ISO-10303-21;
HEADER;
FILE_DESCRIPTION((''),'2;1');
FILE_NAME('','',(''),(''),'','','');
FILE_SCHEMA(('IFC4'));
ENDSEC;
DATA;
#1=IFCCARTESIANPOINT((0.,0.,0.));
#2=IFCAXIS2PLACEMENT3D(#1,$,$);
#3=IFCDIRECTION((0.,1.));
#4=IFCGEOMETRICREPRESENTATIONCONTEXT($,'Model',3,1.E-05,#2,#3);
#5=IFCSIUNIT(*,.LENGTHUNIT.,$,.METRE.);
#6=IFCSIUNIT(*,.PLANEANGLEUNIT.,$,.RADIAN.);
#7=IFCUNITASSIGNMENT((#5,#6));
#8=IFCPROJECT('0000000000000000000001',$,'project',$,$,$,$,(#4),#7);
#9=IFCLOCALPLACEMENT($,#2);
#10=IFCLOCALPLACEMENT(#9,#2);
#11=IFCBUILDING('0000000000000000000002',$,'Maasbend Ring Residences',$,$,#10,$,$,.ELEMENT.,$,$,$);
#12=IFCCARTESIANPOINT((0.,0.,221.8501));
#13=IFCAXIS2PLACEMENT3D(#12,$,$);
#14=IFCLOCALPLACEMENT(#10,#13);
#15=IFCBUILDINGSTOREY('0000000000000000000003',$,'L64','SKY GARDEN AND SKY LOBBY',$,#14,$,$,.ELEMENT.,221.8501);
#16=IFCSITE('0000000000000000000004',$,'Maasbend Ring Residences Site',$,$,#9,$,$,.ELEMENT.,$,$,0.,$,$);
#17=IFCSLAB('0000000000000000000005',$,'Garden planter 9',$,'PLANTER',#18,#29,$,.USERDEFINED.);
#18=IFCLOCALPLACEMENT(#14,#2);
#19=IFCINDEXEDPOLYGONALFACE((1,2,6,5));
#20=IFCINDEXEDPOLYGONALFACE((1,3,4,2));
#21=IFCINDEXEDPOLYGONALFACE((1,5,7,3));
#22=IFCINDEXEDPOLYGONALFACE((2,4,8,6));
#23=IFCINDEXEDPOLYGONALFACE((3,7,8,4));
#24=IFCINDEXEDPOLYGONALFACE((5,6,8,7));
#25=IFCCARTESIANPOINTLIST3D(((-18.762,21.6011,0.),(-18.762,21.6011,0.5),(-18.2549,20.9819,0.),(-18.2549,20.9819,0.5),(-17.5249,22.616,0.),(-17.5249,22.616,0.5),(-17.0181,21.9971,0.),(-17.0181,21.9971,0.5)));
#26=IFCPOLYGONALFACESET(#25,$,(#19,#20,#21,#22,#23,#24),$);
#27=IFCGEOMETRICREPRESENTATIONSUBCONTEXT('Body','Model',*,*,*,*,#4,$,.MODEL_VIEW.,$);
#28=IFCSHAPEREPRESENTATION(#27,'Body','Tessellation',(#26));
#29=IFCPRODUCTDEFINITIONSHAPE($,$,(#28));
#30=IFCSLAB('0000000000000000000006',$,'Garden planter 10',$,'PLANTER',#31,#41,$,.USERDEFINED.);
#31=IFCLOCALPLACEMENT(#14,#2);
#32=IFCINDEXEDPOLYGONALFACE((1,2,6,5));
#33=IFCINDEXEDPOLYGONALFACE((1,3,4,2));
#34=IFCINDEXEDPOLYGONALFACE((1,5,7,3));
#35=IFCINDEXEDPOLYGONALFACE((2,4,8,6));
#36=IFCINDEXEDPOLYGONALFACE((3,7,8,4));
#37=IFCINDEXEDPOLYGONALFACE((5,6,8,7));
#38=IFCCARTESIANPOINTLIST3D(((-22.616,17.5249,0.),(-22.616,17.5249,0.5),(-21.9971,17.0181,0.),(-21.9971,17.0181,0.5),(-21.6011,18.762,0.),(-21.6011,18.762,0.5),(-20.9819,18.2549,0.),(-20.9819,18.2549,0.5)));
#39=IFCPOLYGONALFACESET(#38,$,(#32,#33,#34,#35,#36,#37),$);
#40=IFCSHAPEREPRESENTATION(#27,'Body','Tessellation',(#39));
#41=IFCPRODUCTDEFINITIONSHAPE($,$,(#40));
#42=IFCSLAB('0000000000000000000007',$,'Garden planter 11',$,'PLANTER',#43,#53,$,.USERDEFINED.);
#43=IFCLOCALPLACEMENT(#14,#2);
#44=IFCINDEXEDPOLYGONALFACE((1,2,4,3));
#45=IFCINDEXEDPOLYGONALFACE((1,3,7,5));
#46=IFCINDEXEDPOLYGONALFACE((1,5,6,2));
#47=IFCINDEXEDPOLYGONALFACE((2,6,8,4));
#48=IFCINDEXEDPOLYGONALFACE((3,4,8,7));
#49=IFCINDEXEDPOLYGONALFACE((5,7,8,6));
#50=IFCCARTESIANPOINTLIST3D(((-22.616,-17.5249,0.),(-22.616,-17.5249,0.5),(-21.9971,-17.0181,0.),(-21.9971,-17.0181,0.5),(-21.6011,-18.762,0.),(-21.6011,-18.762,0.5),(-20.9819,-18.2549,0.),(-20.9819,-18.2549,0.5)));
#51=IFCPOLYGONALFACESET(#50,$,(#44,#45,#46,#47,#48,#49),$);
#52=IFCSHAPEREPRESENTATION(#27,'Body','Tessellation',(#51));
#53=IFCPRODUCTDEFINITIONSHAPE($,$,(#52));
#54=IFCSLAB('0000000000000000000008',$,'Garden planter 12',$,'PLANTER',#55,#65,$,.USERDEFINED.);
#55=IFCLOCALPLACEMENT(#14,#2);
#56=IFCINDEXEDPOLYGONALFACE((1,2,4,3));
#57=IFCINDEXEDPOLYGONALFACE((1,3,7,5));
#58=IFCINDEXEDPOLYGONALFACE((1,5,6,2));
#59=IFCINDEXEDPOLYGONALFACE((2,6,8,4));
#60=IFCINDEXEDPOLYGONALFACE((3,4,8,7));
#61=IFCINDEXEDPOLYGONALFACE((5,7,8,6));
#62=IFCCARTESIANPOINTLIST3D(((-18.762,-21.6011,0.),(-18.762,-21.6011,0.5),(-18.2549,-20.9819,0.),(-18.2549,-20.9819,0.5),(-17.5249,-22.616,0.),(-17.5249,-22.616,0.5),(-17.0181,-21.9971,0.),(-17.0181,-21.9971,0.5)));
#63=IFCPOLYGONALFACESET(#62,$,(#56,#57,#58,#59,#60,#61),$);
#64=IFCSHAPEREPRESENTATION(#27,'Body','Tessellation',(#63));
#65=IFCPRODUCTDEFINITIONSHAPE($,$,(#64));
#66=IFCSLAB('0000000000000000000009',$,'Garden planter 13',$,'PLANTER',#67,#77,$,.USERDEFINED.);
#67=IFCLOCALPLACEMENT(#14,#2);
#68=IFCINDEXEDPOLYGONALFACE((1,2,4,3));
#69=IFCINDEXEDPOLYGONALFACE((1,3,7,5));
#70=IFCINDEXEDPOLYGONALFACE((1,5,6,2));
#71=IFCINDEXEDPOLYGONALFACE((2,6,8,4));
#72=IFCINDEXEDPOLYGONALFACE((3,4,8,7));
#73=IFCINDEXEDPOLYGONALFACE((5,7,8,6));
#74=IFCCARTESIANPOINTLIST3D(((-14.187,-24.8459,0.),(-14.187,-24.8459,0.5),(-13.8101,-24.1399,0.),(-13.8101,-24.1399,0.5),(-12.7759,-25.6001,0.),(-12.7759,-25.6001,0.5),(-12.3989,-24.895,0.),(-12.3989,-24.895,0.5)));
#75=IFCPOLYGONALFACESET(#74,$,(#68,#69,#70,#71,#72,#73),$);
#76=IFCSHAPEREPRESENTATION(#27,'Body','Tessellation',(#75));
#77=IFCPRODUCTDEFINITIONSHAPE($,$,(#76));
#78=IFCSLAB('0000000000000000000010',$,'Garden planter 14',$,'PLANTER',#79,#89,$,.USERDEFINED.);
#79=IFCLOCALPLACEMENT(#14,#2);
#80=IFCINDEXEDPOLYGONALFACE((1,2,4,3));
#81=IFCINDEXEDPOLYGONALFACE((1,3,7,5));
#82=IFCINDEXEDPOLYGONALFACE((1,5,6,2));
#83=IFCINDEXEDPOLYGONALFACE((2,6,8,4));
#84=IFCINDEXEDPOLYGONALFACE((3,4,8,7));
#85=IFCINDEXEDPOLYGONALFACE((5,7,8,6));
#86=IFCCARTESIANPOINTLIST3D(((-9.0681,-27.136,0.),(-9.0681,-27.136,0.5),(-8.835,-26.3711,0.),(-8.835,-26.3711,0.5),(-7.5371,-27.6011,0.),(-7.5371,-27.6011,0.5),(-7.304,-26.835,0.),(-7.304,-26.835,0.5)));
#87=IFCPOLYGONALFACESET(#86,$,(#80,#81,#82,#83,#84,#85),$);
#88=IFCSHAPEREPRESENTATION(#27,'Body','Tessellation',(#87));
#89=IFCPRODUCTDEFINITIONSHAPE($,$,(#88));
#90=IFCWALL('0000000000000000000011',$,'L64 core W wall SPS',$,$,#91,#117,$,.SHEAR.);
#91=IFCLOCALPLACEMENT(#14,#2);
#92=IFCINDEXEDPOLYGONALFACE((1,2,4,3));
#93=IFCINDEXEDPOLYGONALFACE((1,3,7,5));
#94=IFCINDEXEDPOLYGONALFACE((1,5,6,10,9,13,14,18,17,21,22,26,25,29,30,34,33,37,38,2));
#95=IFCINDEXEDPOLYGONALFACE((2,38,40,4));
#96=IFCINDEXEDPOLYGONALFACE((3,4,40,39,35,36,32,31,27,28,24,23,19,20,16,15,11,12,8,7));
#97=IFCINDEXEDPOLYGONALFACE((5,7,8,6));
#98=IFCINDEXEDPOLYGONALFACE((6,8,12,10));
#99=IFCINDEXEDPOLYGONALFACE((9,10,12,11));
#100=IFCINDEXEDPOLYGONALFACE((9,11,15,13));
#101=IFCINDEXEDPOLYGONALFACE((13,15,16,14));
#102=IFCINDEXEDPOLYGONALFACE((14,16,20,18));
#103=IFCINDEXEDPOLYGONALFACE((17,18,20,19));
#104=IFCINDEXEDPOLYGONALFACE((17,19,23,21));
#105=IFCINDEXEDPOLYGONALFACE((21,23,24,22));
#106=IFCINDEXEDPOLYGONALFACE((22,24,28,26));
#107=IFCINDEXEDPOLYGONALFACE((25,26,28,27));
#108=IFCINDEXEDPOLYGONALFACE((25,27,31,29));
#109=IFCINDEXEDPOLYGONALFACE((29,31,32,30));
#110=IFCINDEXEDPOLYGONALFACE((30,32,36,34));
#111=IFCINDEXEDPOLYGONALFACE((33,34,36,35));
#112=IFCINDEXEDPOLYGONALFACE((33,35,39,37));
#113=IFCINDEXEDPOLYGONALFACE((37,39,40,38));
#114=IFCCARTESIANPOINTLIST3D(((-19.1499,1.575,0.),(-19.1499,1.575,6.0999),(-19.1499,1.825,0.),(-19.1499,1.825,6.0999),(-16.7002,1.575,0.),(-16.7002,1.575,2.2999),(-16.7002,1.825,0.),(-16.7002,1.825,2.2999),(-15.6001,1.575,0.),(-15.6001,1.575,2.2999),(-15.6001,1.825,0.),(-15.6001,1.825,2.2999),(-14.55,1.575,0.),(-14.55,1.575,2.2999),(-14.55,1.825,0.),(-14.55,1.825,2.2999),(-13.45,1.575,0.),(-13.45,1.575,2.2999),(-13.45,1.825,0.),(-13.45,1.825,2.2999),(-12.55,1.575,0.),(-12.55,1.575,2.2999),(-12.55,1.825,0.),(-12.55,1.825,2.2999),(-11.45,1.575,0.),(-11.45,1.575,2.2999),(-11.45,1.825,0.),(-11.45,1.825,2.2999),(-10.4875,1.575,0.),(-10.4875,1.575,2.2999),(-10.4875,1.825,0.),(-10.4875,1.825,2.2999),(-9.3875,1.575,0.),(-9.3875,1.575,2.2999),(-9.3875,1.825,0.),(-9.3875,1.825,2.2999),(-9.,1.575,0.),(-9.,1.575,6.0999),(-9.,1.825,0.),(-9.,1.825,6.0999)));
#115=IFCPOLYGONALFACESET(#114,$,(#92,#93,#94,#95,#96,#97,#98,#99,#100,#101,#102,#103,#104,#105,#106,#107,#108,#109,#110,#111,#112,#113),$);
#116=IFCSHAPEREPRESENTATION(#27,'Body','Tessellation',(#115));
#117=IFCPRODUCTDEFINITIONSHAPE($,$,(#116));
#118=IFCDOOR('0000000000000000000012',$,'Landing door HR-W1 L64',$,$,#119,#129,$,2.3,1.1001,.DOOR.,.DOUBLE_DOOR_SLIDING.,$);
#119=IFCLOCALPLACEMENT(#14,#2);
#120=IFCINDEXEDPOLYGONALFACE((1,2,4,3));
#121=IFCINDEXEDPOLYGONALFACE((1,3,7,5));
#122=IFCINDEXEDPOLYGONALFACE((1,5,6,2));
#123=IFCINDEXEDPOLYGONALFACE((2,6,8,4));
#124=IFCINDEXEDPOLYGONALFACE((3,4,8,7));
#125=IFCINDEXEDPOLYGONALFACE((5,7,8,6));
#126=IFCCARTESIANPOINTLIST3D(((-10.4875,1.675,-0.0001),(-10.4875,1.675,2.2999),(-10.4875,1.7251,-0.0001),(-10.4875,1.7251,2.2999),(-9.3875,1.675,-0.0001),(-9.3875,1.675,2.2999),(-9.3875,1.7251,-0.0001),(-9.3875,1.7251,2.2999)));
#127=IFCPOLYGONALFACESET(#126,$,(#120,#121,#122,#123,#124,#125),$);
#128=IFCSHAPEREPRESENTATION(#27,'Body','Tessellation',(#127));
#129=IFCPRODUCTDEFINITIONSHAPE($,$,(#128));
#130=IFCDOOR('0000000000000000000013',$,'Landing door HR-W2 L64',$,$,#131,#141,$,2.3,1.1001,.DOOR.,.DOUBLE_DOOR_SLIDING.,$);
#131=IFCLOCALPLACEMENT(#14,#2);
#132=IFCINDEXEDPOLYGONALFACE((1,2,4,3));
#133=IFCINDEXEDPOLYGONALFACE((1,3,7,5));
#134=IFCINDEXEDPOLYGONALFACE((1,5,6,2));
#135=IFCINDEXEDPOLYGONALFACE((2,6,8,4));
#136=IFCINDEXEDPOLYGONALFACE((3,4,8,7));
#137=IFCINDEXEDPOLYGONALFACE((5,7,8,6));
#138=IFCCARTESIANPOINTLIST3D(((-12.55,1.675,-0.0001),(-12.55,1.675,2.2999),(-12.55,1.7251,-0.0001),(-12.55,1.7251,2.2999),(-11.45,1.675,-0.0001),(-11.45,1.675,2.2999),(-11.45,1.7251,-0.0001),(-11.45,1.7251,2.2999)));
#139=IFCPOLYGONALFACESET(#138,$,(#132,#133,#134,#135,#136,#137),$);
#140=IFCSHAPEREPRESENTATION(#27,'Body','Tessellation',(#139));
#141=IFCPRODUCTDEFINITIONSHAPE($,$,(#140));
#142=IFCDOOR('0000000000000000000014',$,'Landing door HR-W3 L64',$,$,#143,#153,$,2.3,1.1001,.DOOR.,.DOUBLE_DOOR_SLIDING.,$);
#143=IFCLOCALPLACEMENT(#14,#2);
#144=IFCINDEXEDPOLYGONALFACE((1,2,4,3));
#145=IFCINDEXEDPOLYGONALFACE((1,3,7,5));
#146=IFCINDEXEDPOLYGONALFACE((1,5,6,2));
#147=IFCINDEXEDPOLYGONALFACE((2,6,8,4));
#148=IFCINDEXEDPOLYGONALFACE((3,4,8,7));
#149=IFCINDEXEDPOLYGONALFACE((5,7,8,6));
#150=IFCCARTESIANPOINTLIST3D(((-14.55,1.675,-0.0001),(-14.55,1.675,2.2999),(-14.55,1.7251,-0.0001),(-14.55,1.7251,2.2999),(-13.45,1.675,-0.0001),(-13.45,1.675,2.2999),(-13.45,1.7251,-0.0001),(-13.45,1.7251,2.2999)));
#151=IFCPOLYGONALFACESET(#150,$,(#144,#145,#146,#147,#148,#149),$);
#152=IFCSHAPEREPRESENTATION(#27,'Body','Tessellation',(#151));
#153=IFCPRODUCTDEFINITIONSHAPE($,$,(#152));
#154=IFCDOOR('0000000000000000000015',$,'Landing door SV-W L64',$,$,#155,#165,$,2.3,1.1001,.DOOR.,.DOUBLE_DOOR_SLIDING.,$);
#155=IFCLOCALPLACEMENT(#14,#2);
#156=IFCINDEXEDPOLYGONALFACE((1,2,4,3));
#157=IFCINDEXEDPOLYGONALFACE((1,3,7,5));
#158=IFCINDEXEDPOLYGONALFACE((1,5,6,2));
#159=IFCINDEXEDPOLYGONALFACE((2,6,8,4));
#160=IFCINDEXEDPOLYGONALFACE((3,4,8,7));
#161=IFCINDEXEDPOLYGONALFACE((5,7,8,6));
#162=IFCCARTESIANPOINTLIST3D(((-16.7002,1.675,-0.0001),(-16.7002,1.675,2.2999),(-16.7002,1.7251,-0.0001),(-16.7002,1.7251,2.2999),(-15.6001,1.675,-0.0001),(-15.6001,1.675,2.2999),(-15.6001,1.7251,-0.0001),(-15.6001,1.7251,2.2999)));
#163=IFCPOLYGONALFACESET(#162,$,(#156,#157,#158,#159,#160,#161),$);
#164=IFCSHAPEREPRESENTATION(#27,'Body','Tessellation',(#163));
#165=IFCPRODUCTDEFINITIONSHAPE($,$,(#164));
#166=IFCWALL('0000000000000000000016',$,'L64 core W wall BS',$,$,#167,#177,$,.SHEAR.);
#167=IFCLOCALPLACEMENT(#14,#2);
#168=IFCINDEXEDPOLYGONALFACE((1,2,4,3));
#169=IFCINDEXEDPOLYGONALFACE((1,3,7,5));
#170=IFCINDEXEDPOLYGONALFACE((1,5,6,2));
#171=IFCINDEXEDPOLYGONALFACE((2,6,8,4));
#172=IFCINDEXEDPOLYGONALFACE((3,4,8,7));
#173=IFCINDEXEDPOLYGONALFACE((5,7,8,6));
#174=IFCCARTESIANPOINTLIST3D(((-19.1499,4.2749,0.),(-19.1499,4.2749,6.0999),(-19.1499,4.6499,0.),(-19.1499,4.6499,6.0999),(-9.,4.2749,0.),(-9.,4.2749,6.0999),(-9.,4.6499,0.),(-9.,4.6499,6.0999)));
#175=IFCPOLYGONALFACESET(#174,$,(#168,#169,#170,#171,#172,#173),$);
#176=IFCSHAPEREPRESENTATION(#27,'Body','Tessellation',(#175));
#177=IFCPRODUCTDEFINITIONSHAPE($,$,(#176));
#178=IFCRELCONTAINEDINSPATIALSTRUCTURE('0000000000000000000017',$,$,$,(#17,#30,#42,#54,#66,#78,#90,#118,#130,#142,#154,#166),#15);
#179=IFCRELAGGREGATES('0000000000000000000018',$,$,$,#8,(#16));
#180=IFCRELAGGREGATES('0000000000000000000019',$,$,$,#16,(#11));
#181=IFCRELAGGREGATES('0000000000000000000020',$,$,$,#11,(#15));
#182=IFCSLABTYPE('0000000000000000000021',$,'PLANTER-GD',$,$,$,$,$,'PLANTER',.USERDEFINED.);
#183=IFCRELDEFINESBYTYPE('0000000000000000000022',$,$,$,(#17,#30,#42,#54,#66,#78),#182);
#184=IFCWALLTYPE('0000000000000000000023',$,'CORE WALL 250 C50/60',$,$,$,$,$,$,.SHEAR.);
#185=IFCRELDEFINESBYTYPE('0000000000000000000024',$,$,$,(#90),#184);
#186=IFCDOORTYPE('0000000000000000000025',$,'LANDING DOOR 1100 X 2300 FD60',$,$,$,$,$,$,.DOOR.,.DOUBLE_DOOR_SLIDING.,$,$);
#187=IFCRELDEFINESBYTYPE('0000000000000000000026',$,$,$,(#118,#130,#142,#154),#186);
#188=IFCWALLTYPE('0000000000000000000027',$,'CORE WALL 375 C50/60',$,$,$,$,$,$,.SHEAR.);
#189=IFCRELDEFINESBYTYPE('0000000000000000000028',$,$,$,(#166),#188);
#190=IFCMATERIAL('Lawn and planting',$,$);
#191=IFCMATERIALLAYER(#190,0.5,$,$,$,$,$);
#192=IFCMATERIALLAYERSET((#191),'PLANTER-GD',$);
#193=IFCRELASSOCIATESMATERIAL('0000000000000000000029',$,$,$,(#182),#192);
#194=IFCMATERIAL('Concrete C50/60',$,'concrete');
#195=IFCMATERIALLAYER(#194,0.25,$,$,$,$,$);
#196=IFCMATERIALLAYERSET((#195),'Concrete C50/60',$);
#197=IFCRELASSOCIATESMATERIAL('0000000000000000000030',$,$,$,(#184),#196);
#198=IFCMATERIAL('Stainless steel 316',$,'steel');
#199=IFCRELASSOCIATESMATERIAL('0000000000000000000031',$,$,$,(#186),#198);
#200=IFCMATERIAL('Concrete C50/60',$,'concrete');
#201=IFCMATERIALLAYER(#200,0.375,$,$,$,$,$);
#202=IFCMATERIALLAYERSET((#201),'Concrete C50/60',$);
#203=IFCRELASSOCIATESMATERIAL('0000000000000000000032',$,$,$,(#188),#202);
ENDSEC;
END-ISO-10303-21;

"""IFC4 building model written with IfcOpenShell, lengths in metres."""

from ifc_helpers import new_model, si_unit, direction, frame, frame_2d, origin, place, context, subcontext, project, spatial, polyline, rectangle, outline, extrude, material, layer, layer_set, type_object, element, fill, save


model = new_model("IFC4")

# Units and contexts
model_context = context("Model", 3, precision=1e-05, world=origin(), true_north=direction((0.0, 1.0)))
body_context = subcontext(model_context, "Body", "Model", "MODEL_VIEW")
ifc_project = project(units=[si_unit("LENGTHUNIT", "METRE"), si_unit("PLANEANGLEUNIT", "RADIAN")], contexts=[model_context])

# Site, building, storey
site_placement = place(None, origin())
site = spatial("IfcSite", under=ifc_project, at=site_placement, Name="Maasbend Ring Residences Site", CompositionType="ELEMENT", RefElevation=0.0)
building_placement = place(site_placement, origin())
building = spatial("IfcBuilding", under=site, at=building_placement, Name="Maasbend Ring Residences", CompositionType="ELEMENT")
storey_placement = place(building_placement, frame((0.0, 0.0, 221.8501)))
storey = spatial("IfcBuildingStorey", under=building, at=storey_placement, Name="L64", Description="SKY GARDEN AND SKY LOBBY", CompositionType="ELEMENT", Elevation=221.8501)

# Slabs
ifc_material_1 = material(Name="Lawn and planting")
ifc_layer_1 = layer(ifc_material_1, 0.5)
ifc_layer_set_1 = layer_set([ifc_layer_1], Name="PLANTER-GD")
slab_type = type_object("IfcSlabType", Name="PLANTER-GD", ElementType="PLANTER", PredefinedType="USERDEFINED", material=ifc_layer_set_1)
slab_1_placement = place(storey_placement, origin())
element("IfcSlab", 1, at=slab_1_placement, inside=storey, type_object=slab_type, Name="Garden planter 9", ObjectType="PLANTER", PredefinedType="USERDEFINED", context=body_context, shape_type="SweptSolid", body=[
    extrude(outline(polyline([(-17.5249, 22.616), (-18.762, 21.6011), (-18.2549, 20.9819), (-17.0181, 21.9971), (-17.5249, 22.616)])), origin(), (0.0, 0.0, 1.0), 0.5),
])
slab_2_placement = place(storey_placement, origin())
element("IfcSlab", 2, at=slab_2_placement, inside=storey, type_object=slab_type, Name="Garden planter 10", ObjectType="PLANTER", PredefinedType="USERDEFINED", context=body_context, shape_type="SweptSolid", body=[
    extrude(outline(polyline([(-21.6011, 18.762), (-22.616, 17.5249), (-21.9971, 17.0181), (-20.9819, 18.2549), (-21.6011, 18.762)])), origin(), (0.0, 0.0, 1.0), 0.5),
])
slab_3_placement = place(storey_placement, origin())
element("IfcSlab", 3, at=slab_3_placement, inside=storey, type_object=slab_type, Name="Garden planter 11", ObjectType="PLANTER", PredefinedType="USERDEFINED", context=body_context, shape_type="SweptSolid", body=[
    extrude(outline(polyline([(-22.616, -17.5249), (-21.6011, -18.762), (-20.9819, -18.2549), (-21.9971, -17.0181), (-22.616, -17.5249)])), origin(), (0.0, 0.0, 1.0), 0.5),
])
slab_4_placement = place(storey_placement, origin())
element("IfcSlab", 4, at=slab_4_placement, inside=storey, type_object=slab_type, Name="Garden planter 12", ObjectType="PLANTER", PredefinedType="USERDEFINED", context=body_context, shape_type="SweptSolid", body=[
    extrude(outline(polyline([(-18.762, -21.6011), (-17.5249, -22.616), (-17.0181, -21.9971), (-18.2549, -20.9819), (-18.762, -21.6011)])), origin(), (0.0, 0.0, 1.0), 0.5),
])
slab_5_placement = place(storey_placement, origin())
element("IfcSlab", 5, at=slab_5_placement, inside=storey, type_object=slab_type, Name="Garden planter 13", ObjectType="PLANTER", PredefinedType="USERDEFINED", context=body_context, shape_type="SweptSolid", body=[
    extrude(outline(polyline([(-14.187, -24.8459), (-12.7759, -25.6001), (-12.3989, -24.895), (-13.8101, -24.1399), (-14.187, -24.8459)])), origin(), (0.0, 0.0, 1.0), 0.5),
])
slab_6_placement = place(storey_placement, origin())
element("IfcSlab", 6, at=slab_6_placement, inside=storey, type_object=slab_type, Name="Garden planter 14", ObjectType="PLANTER", PredefinedType="USERDEFINED", context=body_context, shape_type="SweptSolid", body=[
    extrude(outline(polyline([(-9.0681, -27.136), (-7.5371, -27.6011), (-7.304, -26.835), (-8.835, -26.3711), (-9.0681, -27.136)])), origin(), (0.0, 0.0, 1.0), 0.5),
])

# Wall, openings, doors
ifc_material_2 = material(Name="Concrete C50/60", Category="concrete")
ifc_layer_2 = layer(ifc_material_2, 0.25)
ifc_layer_set_2 = layer_set([ifc_layer_2], Name="Concrete C50/60")
wall_type_1 = type_object("IfcWallType", Name="CORE WALL 250 C50/60", PredefinedType="SHEAR", material=ifc_layer_set_2)
wall_1_placement = place(storey_placement, frame((-9.0, 1.7, 0.0), z_axis=(0.0, 0.0, 1.0), x_axis=(-1.0, 0.0, 0.0)))
wall_1 = element("IfcWall", 7, at=wall_1_placement, inside=storey, type_object=wall_type_1, Name="L64 core W wall SPS", PredefinedType="SHEAR", context=body_context, shape_type="SweptSolid", body=[
    extrude(rectangle(XDim=10.1499, YDim=0.25, at=frame_2d((5.075, 0.0))), origin(), (0.0, 0.0, 1.0), 6.0999),
])
opening_1_placement = place(wall_1_placement, frame((0.3875, 0.0, 0.0)))
opening_1 = element("IfcOpeningElement", 8, at=opening_1_placement, cuts=wall_1, PredefinedType="OPENING", context=body_context, shape_type="SweptSolid", body=[
    extrude(rectangle(XDim=1.1001, YDim=2.3, at=frame_2d((0.55, 1.1499))), frame((0.0, 0.135, 0.0), z_axis=(0.0, -1.0, 0.0), x_axis=(1.0, 0.0, 0.0)), (0.0, 0.0, 1.0), 0.27),
])
opening_2_placement = place(wall_1_placement, frame((2.45, 0.0, 0.0)))
opening_2 = element("IfcOpeningElement", 9, at=opening_2_placement, cuts=wall_1, PredefinedType="OPENING", context=body_context, shape_type="SweptSolid", body=[
    extrude(rectangle(XDim=1.1001, YDim=2.3, at=frame_2d((0.55, 1.1499))), frame((0.0, 0.135, 0.0), z_axis=(0.0, -1.0, 0.0), x_axis=(1.0, 0.0, 0.0)), (0.0, 0.0, 1.0), 0.27),
])
opening_3_placement = place(wall_1_placement, frame((4.45, 0.0, 0.0)))
opening_3 = element("IfcOpeningElement", 10, at=opening_3_placement, cuts=wall_1, PredefinedType="OPENING", context=body_context, shape_type="SweptSolid", body=[
    extrude(rectangle(XDim=1.1001, YDim=2.3, at=frame_2d((0.55, 1.1499))), frame((0.0, 0.135, 0.0), z_axis=(0.0, -1.0, 0.0), x_axis=(1.0, 0.0, 0.0)), (0.0, 0.0, 1.0), 0.27),
])
opening_4_placement = place(wall_1_placement, frame((6.6001, 0.0, 0.0)))
opening_4 = element("IfcOpeningElement", 11, at=opening_4_placement, cuts=wall_1, PredefinedType="OPENING", context=body_context, shape_type="SweptSolid", body=[
    extrude(rectangle(XDim=1.1001, YDim=2.3, at=frame_2d((0.55, 1.1499))), frame((0.0, 0.135, 0.0), z_axis=(0.0, -1.0, 0.0), x_axis=(1.0, 0.0, 0.0)), (0.0, 0.0, 1.0), 0.27),
])
ifc_material_3 = material(Name="Stainless steel 316", Category="steel")
door_type = type_object("IfcDoorType", Name="LANDING DOOR 1100 X 2300 FD60", OperationType="DOUBLE_DOOR_SLIDING", PredefinedType="DOOR", material=ifc_material_3)
door_1_placement = place(opening_1_placement, origin())
door_1 = element("IfcDoor", 12, at=door_1_placement, inside=storey, type_object=door_type, Name="Landing door HR-W1 L64", OperationType="DOUBLE_DOOR_SLIDING", OverallHeight=2.3, OverallWidth=1.1001, PredefinedType="DOOR", context=body_context, shape_type="SweptSolid", body=[
    extrude(rectangle(XDim=1.1001, YDim=2.3, at=frame_2d((0.55, 1.1499))), frame((0.0, 0.0249, 0.0), z_axis=(0.0, -1.0, 0.0), x_axis=(1.0, 0.0, 0.0)), (0.0, 0.0, 1.0), 0.05),
])
fill(opening_1, door_1)
door_2_placement = place(opening_2_placement, origin())
door_2 = element("IfcDoor", 13, at=door_2_placement, inside=storey, type_object=door_type, Name="Landing door HR-W2 L64", OperationType="DOUBLE_DOOR_SLIDING", OverallHeight=2.3, OverallWidth=1.1001, PredefinedType="DOOR", context=body_context, shape_type="SweptSolid", body=[
    extrude(rectangle(XDim=1.1001, YDim=2.3, at=frame_2d((0.55, 1.1499))), frame((0.0, 0.0249, 0.0), z_axis=(0.0, -1.0, 0.0), x_axis=(1.0, 0.0, 0.0)), (0.0, 0.0, 1.0), 0.05),
])
fill(opening_2, door_2)
door_3_placement = place(opening_3_placement, origin())
door_3 = element("IfcDoor", 14, at=door_3_placement, inside=storey, type_object=door_type, Name="Landing door HR-W3 L64", OperationType="DOUBLE_DOOR_SLIDING", OverallHeight=2.3, OverallWidth=1.1001, PredefinedType="DOOR", context=body_context, shape_type="SweptSolid", body=[
    extrude(rectangle(XDim=1.1001, YDim=2.3, at=frame_2d((0.55, 1.1499))), frame((0.0, 0.0249, 0.0), z_axis=(0.0, -1.0, 0.0), x_axis=(1.0, 0.0, 0.0)), (0.0, 0.0, 1.0), 0.05),
])
fill(opening_3, door_3)
door_4_placement = place(opening_4_placement, origin())
door_4 = element("IfcDoor", 15, at=door_4_placement, inside=storey, type_object=door_type, Name="Landing door SV-W L64", OperationType="DOUBLE_DOOR_SLIDING", OverallHeight=2.3, OverallWidth=1.1001, PredefinedType="DOOR", context=body_context, shape_type="SweptSolid", body=[
    extrude(rectangle(XDim=1.1001, YDim=2.3, at=frame_2d((0.55, 1.1499))), frame((0.0, 0.0249, 0.0), z_axis=(0.0, -1.0, 0.0), x_axis=(1.0, 0.0, 0.0)), (0.0, 0.0, 1.0), 0.05),
])
fill(opening_4, door_4)

# Wall
ifc_material_4 = material(Name="Concrete C50/60", Category="concrete")
ifc_layer_3 = layer(ifc_material_4, 0.375)
ifc_layer_set_3 = layer_set([ifc_layer_3], Name="Concrete C50/60")
wall_type_2 = type_object("IfcWallType", Name="CORE WALL 375 C50/60", PredefinedType="SHEAR", material=ifc_layer_set_3)
wall_2_placement = place(storey_placement, frame((-9.0, 4.4624, 0.0), z_axis=(0.0, 0.0, 1.0), x_axis=(-1.0, 0.0, 0.0)))
element("IfcWall", 16, at=wall_2_placement, inside=storey, type_object=wall_type_2, Name="L64 core W wall BS", PredefinedType="SHEAR", context=body_context, shape_type="SweptSolid", body=[
    extrude(rectangle(XDim=10.1499, YDim=0.375, at=frame_2d((5.075, 0.0))), origin(), (0.0, 0.0, 1.0), 6.0999),
])

save(model, "model.ifc")
